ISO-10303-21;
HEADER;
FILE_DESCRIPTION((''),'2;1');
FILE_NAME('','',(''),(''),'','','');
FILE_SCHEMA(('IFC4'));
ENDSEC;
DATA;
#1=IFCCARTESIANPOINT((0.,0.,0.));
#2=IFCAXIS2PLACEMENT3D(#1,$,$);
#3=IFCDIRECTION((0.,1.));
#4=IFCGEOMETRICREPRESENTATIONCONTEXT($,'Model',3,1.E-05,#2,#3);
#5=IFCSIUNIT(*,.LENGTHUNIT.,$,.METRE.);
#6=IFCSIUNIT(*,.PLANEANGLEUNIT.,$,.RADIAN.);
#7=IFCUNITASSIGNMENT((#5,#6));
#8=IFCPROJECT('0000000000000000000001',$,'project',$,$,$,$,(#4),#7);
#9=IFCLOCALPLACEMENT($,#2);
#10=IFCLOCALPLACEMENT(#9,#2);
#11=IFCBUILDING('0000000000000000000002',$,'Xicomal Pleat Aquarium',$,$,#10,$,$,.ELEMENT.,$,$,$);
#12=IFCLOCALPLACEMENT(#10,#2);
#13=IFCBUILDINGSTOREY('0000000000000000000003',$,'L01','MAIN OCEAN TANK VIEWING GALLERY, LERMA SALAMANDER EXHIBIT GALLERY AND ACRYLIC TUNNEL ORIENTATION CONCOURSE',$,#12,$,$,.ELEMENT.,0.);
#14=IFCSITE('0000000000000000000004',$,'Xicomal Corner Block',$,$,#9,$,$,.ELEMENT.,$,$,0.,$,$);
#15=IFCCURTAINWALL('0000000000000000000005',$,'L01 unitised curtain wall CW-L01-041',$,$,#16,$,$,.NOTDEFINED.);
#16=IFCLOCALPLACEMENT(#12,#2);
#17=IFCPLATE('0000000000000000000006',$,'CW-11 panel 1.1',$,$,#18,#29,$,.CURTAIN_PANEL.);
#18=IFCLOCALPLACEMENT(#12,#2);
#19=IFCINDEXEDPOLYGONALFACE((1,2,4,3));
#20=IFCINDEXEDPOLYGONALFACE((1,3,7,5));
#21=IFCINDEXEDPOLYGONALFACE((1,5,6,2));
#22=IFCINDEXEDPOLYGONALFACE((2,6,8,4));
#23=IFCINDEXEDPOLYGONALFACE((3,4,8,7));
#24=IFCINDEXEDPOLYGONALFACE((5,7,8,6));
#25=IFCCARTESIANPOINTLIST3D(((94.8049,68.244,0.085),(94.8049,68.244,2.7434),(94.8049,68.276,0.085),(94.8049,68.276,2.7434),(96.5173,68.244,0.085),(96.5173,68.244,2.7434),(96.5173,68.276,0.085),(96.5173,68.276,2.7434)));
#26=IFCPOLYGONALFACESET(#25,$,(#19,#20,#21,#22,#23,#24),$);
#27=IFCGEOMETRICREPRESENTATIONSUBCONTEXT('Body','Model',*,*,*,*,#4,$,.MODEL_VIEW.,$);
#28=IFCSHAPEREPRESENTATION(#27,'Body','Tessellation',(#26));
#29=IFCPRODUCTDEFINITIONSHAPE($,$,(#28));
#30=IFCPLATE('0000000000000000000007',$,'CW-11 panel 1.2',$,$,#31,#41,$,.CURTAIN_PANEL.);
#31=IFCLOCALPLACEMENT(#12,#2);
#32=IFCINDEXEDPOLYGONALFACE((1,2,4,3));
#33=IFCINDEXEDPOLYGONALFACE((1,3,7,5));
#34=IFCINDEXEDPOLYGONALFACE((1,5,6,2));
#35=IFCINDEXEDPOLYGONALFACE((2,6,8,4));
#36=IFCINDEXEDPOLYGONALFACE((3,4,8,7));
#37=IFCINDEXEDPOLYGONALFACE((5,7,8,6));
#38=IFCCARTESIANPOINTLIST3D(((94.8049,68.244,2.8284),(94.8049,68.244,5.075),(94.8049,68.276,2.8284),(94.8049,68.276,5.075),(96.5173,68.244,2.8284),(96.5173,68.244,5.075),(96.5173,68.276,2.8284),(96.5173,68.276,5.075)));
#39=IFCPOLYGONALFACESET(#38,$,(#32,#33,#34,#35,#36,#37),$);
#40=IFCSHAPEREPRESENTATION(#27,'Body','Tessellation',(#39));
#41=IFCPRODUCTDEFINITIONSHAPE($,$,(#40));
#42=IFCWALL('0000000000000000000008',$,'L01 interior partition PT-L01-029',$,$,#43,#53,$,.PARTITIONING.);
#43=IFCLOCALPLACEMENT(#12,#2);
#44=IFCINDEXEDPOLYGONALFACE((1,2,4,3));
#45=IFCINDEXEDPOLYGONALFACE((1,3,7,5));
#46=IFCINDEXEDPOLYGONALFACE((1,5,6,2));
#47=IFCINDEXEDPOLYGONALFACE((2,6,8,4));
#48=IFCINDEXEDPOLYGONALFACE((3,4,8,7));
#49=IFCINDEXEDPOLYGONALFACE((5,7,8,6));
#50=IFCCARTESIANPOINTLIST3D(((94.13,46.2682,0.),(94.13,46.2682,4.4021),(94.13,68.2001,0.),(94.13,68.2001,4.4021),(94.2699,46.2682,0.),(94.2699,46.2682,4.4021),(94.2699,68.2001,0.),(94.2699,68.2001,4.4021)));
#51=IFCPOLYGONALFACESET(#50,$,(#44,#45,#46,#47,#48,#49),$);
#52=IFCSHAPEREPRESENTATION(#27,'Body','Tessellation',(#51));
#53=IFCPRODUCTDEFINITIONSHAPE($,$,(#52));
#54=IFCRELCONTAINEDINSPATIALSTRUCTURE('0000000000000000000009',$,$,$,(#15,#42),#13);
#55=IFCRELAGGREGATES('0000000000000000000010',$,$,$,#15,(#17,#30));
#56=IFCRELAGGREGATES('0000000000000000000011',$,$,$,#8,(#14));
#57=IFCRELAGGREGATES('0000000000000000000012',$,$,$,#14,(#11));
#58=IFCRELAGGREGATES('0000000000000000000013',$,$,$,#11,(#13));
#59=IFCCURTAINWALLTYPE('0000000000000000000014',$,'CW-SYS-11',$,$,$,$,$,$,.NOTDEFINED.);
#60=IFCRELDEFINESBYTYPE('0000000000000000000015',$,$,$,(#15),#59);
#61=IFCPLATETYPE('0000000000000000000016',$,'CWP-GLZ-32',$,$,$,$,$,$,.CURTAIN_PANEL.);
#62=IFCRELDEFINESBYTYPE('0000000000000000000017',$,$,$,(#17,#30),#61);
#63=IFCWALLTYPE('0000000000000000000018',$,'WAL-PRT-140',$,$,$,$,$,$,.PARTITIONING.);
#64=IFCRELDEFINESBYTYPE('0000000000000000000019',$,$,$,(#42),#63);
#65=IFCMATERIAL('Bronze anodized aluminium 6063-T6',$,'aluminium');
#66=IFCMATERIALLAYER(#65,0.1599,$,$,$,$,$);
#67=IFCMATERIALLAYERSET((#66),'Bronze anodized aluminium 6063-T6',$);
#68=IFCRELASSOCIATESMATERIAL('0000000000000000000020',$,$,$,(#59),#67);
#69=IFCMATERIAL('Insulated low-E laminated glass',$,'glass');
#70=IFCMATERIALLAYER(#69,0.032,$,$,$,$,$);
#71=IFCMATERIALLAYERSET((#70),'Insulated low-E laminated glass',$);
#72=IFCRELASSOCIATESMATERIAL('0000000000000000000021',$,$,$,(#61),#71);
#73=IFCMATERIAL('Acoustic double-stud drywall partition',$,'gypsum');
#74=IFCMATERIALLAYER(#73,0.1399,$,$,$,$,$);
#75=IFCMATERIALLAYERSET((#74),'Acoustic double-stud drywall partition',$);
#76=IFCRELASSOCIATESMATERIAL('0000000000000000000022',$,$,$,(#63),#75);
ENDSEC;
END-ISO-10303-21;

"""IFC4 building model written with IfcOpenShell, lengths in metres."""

from ifc_helpers import new_model, si_unit, direction, frame, frame_2d, origin, origin_2d, place, context, subcontext, project, spatial, rectangle, extrude, material, layer, layer_set, type_object, element, aggregate, save


model = new_model("IFC4")

# Units and contexts
model_context = context("Model", 3, precision=1e-05, world=origin(), true_north=direction((0.0, 1.0)))
body_context = subcontext(model_context, "Body", "Model", "MODEL_VIEW")
ifc_project = project(units=[si_unit("LENGTHUNIT", "METRE"), si_unit("PLANEANGLEUNIT", "RADIAN")], contexts=[model_context])

# Site, building, storey
site_placement = place(None, origin())
site = spatial("IfcSite", under=ifc_project, at=site_placement, Name="Xicomal Corner Block", CompositionType="ELEMENT", RefElevation=0.0)
building_placement = place(site_placement, origin())
building = spatial("IfcBuilding", under=site, at=building_placement, Name="Xicomal Pleat Aquarium", CompositionType="ELEMENT")
storey_placement = place(building_placement, origin())
storey = spatial("IfcBuildingStorey", under=building, at=storey_placement, Name="L01", Description="MAIN OCEAN TANK VIEWING GALLERY, LERMA SALAMANDER EXHIBIT GALLERY AND ACRYLIC TUNNEL ORIENTATION CONCOURSE", CompositionType="ELEMENT", Elevation=0.0)

# Curtain wall
ifc_material_1 = material(Name="Bronze anodized aluminium 6063-T6", Category="aluminium")
ifc_layer_1 = layer(ifc_material_1, 0.1599)
ifc_layer_set_1 = layer_set([ifc_layer_1], Name="Bronze anodized aluminium 6063-T6")
curtain_wall_type = type_object("IfcCurtainWallType", Name="CW-SYS-11", PredefinedType="NOTDEFINED", material=ifc_layer_set_1)
curtain_wall_placement = place(storey_placement, origin())
curtain_wall = element("IfcCurtainWall", 1, at=curtain_wall_placement, inside=storey, type_object=curtain_wall_type, Name="L01 unitised curtain wall CW-L01-041", PredefinedType="NOTDEFINED")

# Plates
ifc_material_2 = material(Name="Insulated low-E laminated glass", Category="glass")
ifc_layer_2 = layer(ifc_material_2, 0.032)
ifc_layer_set_2 = layer_set([ifc_layer_2], Name="Insulated low-E laminated glass")
plate_type = type_object("IfcPlateType", Name="CWP-GLZ-32", PredefinedType="CURTAIN_PANEL", material=ifc_layer_set_2)
plate_1_placement = place(storey_placement, frame((95.6611, 68.26, 0.085), z_axis=(0.0, 0.0, 1.0), x_axis=(1.0, 0.0, 0.0)))
plate_1 = element("IfcPlate", 2, at=plate_1_placement, type_object=plate_type, Name="CW-11 panel 1.1", PredefinedType="CURTAIN_PANEL", context=body_context, shape_type="SweptSolid", body=[
    extrude(rectangle(XDim=1.7124, YDim=0.032, at=origin_2d()), origin(), (0.0, 0.0, 1.0), 2.6584),
])
plate_2_placement = place(storey_placement, frame((95.6611, 68.26, 2.8284), z_axis=(0.0, 0.0, 1.0), x_axis=(1.0, 0.0, 0.0)))
plate_2 = element("IfcPlate", 3, at=plate_2_placement, type_object=plate_type, Name="CW-11 panel 1.2", PredefinedType="CURTAIN_PANEL", context=body_context, shape_type="SweptSolid", body=[
    extrude(rectangle(XDim=1.7124, YDim=0.032, at=origin_2d()), origin(), (0.0, 0.0, 1.0), 2.2466),
])
aggregate(curtain_wall, [plate_1, plate_2])

# Wall
ifc_material_3 = material(Name="Acoustic double-stud drywall partition", Category="gypsum")
ifc_layer_3 = layer(ifc_material_3, 0.1399)
ifc_layer_set_3 = layer_set([ifc_layer_3], Name="Acoustic double-stud drywall partition")
wall_type = type_object("IfcWallType", Name="WAL-PRT-140", PredefinedType="PARTITIONING", material=ifc_layer_set_3)
wall_placement = place(storey_placement, frame((94.2, 68.2, 0.0), z_axis=(0.0, 0.0, 1.0), x_axis=(0.0, -1.0, 0.0)))
element("IfcWall", 4, at=wall_placement, inside=storey, type_object=wall_type, Name="L01 interior partition PT-L01-029", PredefinedType="PARTITIONING", context=body_context, shape_type="SweptSolid", body=[
    extrude(rectangle(XDim=21.9319, YDim=0.1399, at=frame_2d((10.9658, 0.0))), origin(), (0.0, 0.0, 1.0), 4.4021),
])

save(model, "model.ifc")
